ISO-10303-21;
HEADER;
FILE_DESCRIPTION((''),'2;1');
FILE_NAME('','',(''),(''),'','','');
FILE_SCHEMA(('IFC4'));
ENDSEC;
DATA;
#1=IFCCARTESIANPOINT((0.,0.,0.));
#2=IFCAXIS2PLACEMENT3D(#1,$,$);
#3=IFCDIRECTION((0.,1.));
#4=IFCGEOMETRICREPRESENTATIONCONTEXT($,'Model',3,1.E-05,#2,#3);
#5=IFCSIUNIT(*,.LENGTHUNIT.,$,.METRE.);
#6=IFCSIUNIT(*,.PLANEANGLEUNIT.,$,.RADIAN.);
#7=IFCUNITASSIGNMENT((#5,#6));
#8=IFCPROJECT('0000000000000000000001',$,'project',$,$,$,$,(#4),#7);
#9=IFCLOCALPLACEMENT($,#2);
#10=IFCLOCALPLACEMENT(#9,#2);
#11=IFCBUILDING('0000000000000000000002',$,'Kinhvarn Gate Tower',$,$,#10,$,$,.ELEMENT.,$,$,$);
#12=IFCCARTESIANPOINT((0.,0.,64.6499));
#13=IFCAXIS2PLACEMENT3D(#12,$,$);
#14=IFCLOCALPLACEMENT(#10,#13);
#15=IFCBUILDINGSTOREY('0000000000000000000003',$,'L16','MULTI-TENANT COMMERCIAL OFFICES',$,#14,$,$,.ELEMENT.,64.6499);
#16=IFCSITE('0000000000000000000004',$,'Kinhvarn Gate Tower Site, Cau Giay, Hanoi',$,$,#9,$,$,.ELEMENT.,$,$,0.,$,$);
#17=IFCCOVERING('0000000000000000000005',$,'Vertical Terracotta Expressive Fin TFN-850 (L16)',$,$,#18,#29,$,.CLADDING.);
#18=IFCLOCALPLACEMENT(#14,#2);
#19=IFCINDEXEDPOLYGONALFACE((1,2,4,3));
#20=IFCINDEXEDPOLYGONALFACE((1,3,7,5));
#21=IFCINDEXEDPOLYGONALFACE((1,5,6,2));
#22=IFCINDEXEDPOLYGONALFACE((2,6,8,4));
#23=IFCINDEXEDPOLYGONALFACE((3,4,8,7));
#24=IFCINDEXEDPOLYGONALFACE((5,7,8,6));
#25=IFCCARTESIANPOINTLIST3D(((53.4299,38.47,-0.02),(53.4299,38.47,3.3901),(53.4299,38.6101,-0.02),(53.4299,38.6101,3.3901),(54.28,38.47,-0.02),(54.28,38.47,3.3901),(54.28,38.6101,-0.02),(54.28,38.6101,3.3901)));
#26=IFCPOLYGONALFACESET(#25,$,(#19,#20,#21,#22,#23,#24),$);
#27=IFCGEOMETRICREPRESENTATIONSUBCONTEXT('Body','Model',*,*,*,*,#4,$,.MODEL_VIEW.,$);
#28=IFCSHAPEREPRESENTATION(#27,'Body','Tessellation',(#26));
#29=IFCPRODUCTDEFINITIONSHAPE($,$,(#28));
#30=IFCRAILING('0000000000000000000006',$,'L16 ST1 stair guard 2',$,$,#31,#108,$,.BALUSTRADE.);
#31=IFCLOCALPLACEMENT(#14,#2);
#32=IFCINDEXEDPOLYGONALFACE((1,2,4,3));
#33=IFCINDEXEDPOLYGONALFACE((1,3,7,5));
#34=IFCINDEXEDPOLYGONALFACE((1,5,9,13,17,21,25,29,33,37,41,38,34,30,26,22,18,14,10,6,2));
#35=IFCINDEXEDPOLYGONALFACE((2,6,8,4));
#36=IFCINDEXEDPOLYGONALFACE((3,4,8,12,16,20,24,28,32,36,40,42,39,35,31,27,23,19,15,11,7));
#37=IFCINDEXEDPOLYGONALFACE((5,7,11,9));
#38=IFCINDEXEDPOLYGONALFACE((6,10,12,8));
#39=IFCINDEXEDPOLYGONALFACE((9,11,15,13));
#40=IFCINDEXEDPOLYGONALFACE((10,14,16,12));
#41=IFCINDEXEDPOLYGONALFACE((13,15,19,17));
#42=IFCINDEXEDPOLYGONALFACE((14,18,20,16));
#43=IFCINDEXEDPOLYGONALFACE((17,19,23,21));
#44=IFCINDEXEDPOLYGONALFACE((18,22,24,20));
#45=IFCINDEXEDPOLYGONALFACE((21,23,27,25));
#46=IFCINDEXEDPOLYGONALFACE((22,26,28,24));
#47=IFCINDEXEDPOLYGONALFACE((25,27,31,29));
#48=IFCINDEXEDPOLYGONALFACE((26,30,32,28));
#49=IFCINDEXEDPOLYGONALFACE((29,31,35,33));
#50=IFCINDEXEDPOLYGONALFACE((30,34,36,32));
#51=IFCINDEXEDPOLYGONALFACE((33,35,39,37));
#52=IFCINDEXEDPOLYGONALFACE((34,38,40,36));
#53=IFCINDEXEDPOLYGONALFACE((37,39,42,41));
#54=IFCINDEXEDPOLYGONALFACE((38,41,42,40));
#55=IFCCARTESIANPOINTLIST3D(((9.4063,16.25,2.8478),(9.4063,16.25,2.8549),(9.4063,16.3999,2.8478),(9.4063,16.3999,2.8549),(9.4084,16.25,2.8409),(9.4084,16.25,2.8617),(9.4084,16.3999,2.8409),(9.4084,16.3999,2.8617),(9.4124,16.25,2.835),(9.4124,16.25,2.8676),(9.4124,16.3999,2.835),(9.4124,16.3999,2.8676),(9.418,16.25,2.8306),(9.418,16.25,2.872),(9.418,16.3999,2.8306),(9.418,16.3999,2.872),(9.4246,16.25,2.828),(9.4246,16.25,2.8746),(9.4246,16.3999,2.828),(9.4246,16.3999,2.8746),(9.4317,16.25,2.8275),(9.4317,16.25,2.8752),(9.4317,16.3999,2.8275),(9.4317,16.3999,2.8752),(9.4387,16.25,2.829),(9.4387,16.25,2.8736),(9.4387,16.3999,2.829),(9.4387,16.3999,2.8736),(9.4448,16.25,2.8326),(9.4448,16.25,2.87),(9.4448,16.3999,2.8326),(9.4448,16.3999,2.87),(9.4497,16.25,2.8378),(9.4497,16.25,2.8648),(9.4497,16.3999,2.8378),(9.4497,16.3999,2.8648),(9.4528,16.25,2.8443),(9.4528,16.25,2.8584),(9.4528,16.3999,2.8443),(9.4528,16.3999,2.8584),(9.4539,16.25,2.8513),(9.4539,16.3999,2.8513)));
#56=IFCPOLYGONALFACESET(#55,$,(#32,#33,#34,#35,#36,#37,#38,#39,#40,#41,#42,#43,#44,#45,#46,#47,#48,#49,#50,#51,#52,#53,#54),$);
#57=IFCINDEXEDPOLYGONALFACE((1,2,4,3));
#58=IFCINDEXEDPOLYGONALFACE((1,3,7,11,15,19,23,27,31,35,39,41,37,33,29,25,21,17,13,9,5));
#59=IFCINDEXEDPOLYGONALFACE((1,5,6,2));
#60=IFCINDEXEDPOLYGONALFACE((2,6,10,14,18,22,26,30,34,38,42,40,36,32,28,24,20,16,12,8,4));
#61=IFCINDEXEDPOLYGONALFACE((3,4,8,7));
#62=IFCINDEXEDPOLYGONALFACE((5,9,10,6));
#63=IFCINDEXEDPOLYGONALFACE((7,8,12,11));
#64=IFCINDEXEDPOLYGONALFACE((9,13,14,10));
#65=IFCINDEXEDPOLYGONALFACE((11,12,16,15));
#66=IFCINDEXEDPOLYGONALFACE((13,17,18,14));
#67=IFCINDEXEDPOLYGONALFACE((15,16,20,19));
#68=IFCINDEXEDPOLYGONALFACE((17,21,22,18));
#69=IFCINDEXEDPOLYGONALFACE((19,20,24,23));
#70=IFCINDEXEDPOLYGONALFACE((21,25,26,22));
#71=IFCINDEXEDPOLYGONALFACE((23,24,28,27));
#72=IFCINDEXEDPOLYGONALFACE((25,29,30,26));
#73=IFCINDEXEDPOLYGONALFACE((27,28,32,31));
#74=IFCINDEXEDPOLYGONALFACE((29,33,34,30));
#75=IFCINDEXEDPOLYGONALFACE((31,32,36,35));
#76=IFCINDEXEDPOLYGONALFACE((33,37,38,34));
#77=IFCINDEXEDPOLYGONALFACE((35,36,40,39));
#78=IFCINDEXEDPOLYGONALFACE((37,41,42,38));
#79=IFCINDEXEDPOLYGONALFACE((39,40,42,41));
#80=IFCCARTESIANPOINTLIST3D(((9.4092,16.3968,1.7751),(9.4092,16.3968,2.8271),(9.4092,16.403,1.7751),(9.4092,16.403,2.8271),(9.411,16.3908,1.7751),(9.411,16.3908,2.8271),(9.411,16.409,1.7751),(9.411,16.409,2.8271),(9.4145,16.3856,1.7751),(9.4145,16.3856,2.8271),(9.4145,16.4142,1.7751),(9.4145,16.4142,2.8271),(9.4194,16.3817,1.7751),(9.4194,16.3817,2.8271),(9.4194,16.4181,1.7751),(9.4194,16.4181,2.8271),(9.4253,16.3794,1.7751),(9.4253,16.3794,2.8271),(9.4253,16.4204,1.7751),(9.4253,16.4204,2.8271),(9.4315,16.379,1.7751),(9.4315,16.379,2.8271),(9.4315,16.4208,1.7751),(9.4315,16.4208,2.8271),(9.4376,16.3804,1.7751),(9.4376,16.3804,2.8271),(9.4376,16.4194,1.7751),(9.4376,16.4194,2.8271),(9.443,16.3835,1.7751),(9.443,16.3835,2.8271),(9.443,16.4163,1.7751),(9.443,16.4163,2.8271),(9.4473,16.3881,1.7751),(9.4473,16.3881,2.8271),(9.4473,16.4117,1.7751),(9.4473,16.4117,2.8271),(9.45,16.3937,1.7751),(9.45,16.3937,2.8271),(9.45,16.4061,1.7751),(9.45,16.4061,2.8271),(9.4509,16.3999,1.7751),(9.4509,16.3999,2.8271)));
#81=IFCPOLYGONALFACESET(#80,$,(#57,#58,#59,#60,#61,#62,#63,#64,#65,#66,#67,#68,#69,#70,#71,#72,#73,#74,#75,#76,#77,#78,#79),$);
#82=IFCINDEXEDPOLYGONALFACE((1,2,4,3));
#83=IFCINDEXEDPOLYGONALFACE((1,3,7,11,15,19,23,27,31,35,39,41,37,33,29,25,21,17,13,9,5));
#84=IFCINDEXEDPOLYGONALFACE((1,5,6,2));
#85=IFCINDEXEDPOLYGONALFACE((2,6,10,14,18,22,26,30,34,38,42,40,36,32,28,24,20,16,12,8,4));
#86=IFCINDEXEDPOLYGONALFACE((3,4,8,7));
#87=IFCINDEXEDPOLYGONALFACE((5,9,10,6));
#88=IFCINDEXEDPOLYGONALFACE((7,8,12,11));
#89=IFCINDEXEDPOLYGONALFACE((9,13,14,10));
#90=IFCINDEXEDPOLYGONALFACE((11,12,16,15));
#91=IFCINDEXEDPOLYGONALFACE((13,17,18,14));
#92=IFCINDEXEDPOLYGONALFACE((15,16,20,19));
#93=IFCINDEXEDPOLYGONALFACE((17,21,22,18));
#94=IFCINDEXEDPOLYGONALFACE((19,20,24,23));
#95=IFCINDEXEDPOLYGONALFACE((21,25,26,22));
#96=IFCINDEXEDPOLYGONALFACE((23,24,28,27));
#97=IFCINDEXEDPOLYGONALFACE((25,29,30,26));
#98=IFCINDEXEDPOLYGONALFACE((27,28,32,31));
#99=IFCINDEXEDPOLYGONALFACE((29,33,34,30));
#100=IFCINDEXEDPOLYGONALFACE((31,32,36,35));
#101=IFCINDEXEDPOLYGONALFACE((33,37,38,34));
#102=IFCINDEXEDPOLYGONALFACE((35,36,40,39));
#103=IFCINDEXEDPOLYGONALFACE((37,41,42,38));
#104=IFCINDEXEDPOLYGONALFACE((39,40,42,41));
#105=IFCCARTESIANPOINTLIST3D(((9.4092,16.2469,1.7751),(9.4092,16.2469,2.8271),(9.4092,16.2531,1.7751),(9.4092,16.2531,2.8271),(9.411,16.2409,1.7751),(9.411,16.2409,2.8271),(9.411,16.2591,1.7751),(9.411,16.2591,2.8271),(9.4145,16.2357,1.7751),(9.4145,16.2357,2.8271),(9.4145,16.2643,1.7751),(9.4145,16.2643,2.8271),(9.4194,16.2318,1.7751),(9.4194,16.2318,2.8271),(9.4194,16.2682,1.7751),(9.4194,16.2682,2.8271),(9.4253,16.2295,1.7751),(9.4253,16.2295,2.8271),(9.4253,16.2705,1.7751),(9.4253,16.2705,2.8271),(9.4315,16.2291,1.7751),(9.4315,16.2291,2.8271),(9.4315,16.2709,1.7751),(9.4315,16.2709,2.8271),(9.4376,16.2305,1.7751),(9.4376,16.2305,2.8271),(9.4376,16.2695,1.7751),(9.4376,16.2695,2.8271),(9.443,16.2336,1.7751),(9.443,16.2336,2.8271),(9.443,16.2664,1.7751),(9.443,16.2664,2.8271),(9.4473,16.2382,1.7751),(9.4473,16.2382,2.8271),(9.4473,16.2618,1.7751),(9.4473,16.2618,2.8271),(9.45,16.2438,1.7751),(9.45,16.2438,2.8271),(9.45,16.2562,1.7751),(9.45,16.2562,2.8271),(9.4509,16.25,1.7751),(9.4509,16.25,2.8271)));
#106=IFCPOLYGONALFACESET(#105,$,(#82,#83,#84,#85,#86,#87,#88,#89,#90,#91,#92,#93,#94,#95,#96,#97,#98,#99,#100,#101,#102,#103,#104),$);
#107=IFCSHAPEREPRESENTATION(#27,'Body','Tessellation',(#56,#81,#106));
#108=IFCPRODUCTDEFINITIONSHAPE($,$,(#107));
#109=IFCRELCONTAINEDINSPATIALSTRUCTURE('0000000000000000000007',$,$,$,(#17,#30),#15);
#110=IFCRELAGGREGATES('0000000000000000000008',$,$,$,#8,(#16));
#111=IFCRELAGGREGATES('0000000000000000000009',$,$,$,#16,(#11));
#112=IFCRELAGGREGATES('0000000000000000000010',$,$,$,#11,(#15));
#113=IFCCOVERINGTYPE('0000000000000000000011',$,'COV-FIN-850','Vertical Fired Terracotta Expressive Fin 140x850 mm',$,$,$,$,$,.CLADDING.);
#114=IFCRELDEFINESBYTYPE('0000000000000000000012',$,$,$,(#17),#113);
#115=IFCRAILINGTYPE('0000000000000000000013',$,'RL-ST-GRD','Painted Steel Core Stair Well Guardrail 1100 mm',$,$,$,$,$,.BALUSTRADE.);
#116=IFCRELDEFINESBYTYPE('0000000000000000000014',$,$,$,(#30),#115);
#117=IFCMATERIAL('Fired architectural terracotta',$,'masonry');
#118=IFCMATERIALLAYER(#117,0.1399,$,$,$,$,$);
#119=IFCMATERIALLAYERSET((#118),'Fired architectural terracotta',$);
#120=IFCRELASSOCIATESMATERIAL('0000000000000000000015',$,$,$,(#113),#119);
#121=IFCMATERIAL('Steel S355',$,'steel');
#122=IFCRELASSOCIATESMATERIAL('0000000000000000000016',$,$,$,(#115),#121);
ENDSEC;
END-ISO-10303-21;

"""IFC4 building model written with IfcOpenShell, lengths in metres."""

from ifc_helpers import new_model, si_unit, direction, frame, origin, origin_2d, place, context, subcontext, project, spatial, polyline, circle, outline, extrude, material, layer, layer_set, type_object, element, save


model = new_model("IFC4")

# Units and contexts
model_context = context("Model", 3, precision=1e-05, world=origin(), true_north=direction((0.0, 1.0)))
body_context = subcontext(model_context, "Body", "Model", "MODEL_VIEW")
ifc_project = project(units=[si_unit("LENGTHUNIT", "METRE"), si_unit("PLANEANGLEUNIT", "RADIAN")], contexts=[model_context])

# Site, building, storey
site_placement = place(None, origin())
site = spatial("IfcSite", under=ifc_project, at=site_placement, Name="Kinhvarn Gate Tower Site, Cau Giay, Hanoi", CompositionType="ELEMENT", RefElevation=0.0)
building_placement = place(site_placement, origin())
building = spatial("IfcBuilding", under=site, at=building_placement, Name="Kinhvarn Gate Tower", CompositionType="ELEMENT")
storey_placement = place(building_placement, frame((0.0, 0.0, 64.6499)))
storey = spatial("IfcBuildingStorey", under=building, at=storey_placement, Name="L16", Description="MULTI-TENANT COMMERCIAL OFFICES", CompositionType="ELEMENT", Elevation=64.6499)

# Shared definitions
ifc_material_1 = material(Name="Steel S355", Category="steel")

# Shared definitions
ifc_material_2 = material(Name="Fired architectural terracotta", Category="masonry")

# Covering
ifc_layer_1 = layer(ifc_material_2, 0.1399)
ifc_layer_set_1 = layer_set([ifc_layer_1], Name="Fired architectural terracotta")
covering_type_1 = type_object("IfcCoveringType", Name="COV-FIN-850", Description="Vertical Fired Terracotta Expressive Fin 140x850 mm", PredefinedType="CLADDING", material=ifc_layer_set_1)
covering_1_placement = place(storey_placement, frame((0.0, 0.0, -0.02)))
element("IfcCovering", 1, at=covering_1_placement, inside=storey, type_object=covering_type_1, Name="Vertical Terracotta Expressive Fin TFN-850 (L16)", PredefinedType="CLADDING", context=body_context, shape_type="SweptSolid", body=[
    extrude(outline(polyline([(53.4299, 38.47), (53.4299, 38.6101), (54.28, 38.6101), (54.28, 38.47), (53.4299, 38.47)])), origin(), (0.0, 0.0, 1.0), 3.4102),
])

# Railing
railing_type_1 = type_object("IfcRailingType", Name="RL-ST-GRD", Description="Painted Steel Core Stair Well Guardrail 1100 mm", PredefinedType="BALUSTRADE", material=ifc_material_1)
railing_1_placement = place(storey_placement, frame((9.4299, 16.3999, 1.7751)))
element("IfcRailing", 2, at=railing_1_placement, inside=storey, type_object=railing_type_1, Name="L16 ST1 stair guard 2", PredefinedType="BALUSTRADE", context=body_context, shape_type="SweptSolid", body=[
    extrude(circle(Radius=0.0239, at=origin_2d()), frame((0.0, 0.0, 1.0762), z_axis=(0.0, -1.0, 0.0), x_axis=(1.0, 0.0, 0.0)), (0.0, 0.0, 1.0), 0.1499),
    extrude(circle(Radius=0.021, at=origin_2d()), origin(), (0.0, 0.0, 1.0), 1.052),
    extrude(circle(Radius=0.021, at=origin_2d()), frame((0.0, -0.1499, 0.0)), (0.0, 0.0, 1.0), 1.052),
])

save(model, "model.ifc")
